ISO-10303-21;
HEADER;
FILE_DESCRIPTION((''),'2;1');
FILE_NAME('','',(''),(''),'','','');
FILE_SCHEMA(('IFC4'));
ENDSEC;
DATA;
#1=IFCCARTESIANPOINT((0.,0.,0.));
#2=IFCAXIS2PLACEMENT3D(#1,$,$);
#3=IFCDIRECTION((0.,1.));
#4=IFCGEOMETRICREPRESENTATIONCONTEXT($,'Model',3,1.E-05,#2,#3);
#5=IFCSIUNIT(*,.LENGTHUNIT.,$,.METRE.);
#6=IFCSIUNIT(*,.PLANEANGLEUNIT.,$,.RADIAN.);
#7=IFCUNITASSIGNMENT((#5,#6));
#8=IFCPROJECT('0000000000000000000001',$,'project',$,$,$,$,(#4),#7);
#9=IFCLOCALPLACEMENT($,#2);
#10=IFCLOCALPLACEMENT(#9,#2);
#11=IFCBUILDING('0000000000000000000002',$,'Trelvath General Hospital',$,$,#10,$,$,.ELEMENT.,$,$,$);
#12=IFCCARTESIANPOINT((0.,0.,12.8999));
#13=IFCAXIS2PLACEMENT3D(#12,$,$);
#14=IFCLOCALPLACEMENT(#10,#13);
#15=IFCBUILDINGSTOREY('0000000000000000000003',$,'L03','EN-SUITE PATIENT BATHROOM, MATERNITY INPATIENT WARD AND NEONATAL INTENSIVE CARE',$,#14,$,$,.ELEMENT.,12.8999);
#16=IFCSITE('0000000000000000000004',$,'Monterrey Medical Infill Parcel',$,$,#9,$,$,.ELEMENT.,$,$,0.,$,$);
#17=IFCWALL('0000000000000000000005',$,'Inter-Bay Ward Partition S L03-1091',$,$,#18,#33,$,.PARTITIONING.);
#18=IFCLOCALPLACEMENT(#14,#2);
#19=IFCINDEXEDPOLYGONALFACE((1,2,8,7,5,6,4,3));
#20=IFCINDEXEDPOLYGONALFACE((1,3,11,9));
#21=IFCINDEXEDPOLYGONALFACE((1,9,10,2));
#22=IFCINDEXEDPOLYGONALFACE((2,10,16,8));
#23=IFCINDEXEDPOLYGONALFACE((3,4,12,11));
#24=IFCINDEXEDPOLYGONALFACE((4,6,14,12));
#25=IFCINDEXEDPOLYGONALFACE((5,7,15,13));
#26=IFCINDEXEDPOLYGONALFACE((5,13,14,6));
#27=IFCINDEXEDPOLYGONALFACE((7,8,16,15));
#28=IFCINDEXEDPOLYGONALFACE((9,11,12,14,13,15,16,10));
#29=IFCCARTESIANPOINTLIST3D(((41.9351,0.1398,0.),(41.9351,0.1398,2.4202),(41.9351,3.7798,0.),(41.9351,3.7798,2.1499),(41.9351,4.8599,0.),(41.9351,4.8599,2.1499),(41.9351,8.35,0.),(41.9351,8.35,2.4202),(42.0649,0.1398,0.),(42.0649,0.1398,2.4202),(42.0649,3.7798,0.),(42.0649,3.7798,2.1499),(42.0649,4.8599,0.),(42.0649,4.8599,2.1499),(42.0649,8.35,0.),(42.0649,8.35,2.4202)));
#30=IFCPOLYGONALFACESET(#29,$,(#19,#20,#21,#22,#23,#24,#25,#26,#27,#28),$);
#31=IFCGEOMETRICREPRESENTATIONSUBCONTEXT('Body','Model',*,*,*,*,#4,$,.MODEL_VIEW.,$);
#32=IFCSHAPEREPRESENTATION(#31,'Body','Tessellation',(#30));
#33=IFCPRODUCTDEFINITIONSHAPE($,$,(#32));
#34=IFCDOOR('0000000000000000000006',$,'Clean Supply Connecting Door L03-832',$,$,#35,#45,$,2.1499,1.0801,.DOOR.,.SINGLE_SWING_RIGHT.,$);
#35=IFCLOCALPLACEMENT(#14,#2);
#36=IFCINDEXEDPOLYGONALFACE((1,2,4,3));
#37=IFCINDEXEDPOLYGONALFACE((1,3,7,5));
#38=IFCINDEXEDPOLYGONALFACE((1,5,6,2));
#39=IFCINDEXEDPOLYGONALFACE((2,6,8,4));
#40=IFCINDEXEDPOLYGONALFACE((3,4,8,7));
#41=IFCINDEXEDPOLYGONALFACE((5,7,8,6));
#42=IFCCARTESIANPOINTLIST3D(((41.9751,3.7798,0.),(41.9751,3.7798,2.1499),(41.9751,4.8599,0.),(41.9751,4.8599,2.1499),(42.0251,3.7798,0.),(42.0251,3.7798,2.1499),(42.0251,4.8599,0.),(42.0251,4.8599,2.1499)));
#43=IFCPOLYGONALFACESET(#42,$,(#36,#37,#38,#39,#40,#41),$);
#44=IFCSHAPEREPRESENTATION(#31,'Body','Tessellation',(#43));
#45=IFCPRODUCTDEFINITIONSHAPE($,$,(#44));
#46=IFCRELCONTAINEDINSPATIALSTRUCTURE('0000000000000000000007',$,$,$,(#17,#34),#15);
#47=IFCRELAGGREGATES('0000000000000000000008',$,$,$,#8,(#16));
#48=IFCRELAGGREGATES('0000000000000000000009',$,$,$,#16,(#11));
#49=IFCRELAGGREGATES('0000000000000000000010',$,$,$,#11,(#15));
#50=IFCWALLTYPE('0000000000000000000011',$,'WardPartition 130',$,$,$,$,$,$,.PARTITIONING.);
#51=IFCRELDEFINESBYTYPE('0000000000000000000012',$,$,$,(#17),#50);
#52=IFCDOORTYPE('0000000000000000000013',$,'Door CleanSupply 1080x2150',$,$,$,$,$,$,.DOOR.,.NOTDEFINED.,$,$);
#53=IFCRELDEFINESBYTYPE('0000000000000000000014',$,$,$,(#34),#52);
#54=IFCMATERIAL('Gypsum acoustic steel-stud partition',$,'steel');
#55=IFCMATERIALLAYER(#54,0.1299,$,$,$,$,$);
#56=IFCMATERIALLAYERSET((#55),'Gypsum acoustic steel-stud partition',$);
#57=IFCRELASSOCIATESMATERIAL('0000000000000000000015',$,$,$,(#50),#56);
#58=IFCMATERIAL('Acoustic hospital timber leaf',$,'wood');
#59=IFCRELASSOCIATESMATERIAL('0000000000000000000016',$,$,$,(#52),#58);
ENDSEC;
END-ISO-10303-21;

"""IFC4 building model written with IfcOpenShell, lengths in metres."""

from ifc_helpers import new_model, si_unit, direction, frame, frame_2d, origin, place, context, subcontext, project, spatial, rectangle, extrude, material, layer, layer_set, type_object, element, fill, save


model = new_model("IFC4")

# Units and contexts
model_context = context("Model", 3, precision=1e-05, world=origin(), true_north=direction((0.0, 1.0)))
body_context = subcontext(model_context, "Body", "Model", "MODEL_VIEW")
ifc_project = project(units=[si_unit("LENGTHUNIT", "METRE"), si_unit("PLANEANGLEUNIT", "RADIAN")], contexts=[model_context])

# Site, building, storey
site_placement = place(None, origin())
site = spatial("IfcSite", under=ifc_project, at=site_placement, Name="Monterrey Medical Infill Parcel", CompositionType="ELEMENT", RefElevation=0.0)
building_placement = place(site_placement, origin())
building = spatial("IfcBuilding", under=site, at=building_placement, Name="Trelvath General Hospital", CompositionType="ELEMENT")
storey_placement = place(building_placement, frame((0.0, 0.0, 12.8999)))
storey = spatial("IfcBuildingStorey", under=building, at=storey_placement, Name="L03", Description="EN-SUITE PATIENT BATHROOM, MATERNITY INPATIENT WARD AND NEONATAL INTENSIVE CARE", CompositionType="ELEMENT", Elevation=12.8999)

# Shared definitions
ifc_material_1 = material(Name="Gypsum acoustic steel-stud partition", Category="steel")
ifc_layer_1 = layer(ifc_material_1, 0.1299)
ifc_layer_set_1 = layer_set([ifc_layer_1], Name="Gypsum acoustic steel-stud partition")
wall_type_1 = type_object("IfcWallType", Name="WardPartition 130", PredefinedType="PARTITIONING", material=ifc_layer_set_1)

# Wall, opening, door
wall_1_placement = place(storey_placement, frame((42.0, 0.1399, 0.0), z_axis=(0.0, 0.0, 1.0), x_axis=(0.0, 1.0, 0.0)))
wall_1 = element("IfcWall", 1, at=wall_1_placement, inside=storey, type_object=wall_type_1, Name="Inter-Bay Ward Partition S L03-1091", PredefinedType="PARTITIONING", context=body_context, shape_type="SweptSolid", body=[
    extrude(rectangle(XDim=8.2102, YDim=0.1299, at=frame_2d((4.105, 0.0))), origin(), (0.0, 0.0, 1.0), 2.4202),
])
opening_1_placement = place(wall_1_placement, frame((3.6399, 0.0, 0.0)))
opening_1 = element("IfcOpeningElement", 2, at=opening_1_placement, cuts=wall_1, PredefinedType="OPENING", context=body_context, shape_type="SweptSolid", body=[
    extrude(rectangle(XDim=1.0801, YDim=2.1499, at=frame_2d((0.54, 1.075))), frame((0.0, 0.075, 0.0), z_axis=(0.0, -1.0, 0.0), x_axis=(1.0, 0.0, 0.0)), (0.0, 0.0, 1.0), 0.1499),
])
ifc_material_2 = material(Name="Acoustic hospital timber leaf", Category="wood")
door_type = type_object("IfcDoorType", Name="Door CleanSupply 1080x2150", OperationType="NOTDEFINED", PredefinedType="DOOR", material=ifc_material_2)
door_placement = place(opening_1_placement, origin())
door = element("IfcDoor", 3, at=door_placement, inside=storey, type_object=door_type, Name="Clean Supply Connecting Door L03-832", OperationType="SINGLE_SWING_RIGHT", OverallHeight=2.1499, OverallWidth=1.0801, PredefinedType="DOOR", context=body_context, shape_type="SweptSolid", body=[
    extrude(rectangle(XDim=1.0801, YDim=2.1499, at=frame_2d((0.54, 1.075))), frame((0.0, 0.0249, 0.0), z_axis=(0.0, -1.0, 0.0), x_axis=(1.0, 0.0, 0.0)), (0.0, 0.0, 1.0), 0.05),
])
fill(opening_1, door)

save(model, "model.ifc")
